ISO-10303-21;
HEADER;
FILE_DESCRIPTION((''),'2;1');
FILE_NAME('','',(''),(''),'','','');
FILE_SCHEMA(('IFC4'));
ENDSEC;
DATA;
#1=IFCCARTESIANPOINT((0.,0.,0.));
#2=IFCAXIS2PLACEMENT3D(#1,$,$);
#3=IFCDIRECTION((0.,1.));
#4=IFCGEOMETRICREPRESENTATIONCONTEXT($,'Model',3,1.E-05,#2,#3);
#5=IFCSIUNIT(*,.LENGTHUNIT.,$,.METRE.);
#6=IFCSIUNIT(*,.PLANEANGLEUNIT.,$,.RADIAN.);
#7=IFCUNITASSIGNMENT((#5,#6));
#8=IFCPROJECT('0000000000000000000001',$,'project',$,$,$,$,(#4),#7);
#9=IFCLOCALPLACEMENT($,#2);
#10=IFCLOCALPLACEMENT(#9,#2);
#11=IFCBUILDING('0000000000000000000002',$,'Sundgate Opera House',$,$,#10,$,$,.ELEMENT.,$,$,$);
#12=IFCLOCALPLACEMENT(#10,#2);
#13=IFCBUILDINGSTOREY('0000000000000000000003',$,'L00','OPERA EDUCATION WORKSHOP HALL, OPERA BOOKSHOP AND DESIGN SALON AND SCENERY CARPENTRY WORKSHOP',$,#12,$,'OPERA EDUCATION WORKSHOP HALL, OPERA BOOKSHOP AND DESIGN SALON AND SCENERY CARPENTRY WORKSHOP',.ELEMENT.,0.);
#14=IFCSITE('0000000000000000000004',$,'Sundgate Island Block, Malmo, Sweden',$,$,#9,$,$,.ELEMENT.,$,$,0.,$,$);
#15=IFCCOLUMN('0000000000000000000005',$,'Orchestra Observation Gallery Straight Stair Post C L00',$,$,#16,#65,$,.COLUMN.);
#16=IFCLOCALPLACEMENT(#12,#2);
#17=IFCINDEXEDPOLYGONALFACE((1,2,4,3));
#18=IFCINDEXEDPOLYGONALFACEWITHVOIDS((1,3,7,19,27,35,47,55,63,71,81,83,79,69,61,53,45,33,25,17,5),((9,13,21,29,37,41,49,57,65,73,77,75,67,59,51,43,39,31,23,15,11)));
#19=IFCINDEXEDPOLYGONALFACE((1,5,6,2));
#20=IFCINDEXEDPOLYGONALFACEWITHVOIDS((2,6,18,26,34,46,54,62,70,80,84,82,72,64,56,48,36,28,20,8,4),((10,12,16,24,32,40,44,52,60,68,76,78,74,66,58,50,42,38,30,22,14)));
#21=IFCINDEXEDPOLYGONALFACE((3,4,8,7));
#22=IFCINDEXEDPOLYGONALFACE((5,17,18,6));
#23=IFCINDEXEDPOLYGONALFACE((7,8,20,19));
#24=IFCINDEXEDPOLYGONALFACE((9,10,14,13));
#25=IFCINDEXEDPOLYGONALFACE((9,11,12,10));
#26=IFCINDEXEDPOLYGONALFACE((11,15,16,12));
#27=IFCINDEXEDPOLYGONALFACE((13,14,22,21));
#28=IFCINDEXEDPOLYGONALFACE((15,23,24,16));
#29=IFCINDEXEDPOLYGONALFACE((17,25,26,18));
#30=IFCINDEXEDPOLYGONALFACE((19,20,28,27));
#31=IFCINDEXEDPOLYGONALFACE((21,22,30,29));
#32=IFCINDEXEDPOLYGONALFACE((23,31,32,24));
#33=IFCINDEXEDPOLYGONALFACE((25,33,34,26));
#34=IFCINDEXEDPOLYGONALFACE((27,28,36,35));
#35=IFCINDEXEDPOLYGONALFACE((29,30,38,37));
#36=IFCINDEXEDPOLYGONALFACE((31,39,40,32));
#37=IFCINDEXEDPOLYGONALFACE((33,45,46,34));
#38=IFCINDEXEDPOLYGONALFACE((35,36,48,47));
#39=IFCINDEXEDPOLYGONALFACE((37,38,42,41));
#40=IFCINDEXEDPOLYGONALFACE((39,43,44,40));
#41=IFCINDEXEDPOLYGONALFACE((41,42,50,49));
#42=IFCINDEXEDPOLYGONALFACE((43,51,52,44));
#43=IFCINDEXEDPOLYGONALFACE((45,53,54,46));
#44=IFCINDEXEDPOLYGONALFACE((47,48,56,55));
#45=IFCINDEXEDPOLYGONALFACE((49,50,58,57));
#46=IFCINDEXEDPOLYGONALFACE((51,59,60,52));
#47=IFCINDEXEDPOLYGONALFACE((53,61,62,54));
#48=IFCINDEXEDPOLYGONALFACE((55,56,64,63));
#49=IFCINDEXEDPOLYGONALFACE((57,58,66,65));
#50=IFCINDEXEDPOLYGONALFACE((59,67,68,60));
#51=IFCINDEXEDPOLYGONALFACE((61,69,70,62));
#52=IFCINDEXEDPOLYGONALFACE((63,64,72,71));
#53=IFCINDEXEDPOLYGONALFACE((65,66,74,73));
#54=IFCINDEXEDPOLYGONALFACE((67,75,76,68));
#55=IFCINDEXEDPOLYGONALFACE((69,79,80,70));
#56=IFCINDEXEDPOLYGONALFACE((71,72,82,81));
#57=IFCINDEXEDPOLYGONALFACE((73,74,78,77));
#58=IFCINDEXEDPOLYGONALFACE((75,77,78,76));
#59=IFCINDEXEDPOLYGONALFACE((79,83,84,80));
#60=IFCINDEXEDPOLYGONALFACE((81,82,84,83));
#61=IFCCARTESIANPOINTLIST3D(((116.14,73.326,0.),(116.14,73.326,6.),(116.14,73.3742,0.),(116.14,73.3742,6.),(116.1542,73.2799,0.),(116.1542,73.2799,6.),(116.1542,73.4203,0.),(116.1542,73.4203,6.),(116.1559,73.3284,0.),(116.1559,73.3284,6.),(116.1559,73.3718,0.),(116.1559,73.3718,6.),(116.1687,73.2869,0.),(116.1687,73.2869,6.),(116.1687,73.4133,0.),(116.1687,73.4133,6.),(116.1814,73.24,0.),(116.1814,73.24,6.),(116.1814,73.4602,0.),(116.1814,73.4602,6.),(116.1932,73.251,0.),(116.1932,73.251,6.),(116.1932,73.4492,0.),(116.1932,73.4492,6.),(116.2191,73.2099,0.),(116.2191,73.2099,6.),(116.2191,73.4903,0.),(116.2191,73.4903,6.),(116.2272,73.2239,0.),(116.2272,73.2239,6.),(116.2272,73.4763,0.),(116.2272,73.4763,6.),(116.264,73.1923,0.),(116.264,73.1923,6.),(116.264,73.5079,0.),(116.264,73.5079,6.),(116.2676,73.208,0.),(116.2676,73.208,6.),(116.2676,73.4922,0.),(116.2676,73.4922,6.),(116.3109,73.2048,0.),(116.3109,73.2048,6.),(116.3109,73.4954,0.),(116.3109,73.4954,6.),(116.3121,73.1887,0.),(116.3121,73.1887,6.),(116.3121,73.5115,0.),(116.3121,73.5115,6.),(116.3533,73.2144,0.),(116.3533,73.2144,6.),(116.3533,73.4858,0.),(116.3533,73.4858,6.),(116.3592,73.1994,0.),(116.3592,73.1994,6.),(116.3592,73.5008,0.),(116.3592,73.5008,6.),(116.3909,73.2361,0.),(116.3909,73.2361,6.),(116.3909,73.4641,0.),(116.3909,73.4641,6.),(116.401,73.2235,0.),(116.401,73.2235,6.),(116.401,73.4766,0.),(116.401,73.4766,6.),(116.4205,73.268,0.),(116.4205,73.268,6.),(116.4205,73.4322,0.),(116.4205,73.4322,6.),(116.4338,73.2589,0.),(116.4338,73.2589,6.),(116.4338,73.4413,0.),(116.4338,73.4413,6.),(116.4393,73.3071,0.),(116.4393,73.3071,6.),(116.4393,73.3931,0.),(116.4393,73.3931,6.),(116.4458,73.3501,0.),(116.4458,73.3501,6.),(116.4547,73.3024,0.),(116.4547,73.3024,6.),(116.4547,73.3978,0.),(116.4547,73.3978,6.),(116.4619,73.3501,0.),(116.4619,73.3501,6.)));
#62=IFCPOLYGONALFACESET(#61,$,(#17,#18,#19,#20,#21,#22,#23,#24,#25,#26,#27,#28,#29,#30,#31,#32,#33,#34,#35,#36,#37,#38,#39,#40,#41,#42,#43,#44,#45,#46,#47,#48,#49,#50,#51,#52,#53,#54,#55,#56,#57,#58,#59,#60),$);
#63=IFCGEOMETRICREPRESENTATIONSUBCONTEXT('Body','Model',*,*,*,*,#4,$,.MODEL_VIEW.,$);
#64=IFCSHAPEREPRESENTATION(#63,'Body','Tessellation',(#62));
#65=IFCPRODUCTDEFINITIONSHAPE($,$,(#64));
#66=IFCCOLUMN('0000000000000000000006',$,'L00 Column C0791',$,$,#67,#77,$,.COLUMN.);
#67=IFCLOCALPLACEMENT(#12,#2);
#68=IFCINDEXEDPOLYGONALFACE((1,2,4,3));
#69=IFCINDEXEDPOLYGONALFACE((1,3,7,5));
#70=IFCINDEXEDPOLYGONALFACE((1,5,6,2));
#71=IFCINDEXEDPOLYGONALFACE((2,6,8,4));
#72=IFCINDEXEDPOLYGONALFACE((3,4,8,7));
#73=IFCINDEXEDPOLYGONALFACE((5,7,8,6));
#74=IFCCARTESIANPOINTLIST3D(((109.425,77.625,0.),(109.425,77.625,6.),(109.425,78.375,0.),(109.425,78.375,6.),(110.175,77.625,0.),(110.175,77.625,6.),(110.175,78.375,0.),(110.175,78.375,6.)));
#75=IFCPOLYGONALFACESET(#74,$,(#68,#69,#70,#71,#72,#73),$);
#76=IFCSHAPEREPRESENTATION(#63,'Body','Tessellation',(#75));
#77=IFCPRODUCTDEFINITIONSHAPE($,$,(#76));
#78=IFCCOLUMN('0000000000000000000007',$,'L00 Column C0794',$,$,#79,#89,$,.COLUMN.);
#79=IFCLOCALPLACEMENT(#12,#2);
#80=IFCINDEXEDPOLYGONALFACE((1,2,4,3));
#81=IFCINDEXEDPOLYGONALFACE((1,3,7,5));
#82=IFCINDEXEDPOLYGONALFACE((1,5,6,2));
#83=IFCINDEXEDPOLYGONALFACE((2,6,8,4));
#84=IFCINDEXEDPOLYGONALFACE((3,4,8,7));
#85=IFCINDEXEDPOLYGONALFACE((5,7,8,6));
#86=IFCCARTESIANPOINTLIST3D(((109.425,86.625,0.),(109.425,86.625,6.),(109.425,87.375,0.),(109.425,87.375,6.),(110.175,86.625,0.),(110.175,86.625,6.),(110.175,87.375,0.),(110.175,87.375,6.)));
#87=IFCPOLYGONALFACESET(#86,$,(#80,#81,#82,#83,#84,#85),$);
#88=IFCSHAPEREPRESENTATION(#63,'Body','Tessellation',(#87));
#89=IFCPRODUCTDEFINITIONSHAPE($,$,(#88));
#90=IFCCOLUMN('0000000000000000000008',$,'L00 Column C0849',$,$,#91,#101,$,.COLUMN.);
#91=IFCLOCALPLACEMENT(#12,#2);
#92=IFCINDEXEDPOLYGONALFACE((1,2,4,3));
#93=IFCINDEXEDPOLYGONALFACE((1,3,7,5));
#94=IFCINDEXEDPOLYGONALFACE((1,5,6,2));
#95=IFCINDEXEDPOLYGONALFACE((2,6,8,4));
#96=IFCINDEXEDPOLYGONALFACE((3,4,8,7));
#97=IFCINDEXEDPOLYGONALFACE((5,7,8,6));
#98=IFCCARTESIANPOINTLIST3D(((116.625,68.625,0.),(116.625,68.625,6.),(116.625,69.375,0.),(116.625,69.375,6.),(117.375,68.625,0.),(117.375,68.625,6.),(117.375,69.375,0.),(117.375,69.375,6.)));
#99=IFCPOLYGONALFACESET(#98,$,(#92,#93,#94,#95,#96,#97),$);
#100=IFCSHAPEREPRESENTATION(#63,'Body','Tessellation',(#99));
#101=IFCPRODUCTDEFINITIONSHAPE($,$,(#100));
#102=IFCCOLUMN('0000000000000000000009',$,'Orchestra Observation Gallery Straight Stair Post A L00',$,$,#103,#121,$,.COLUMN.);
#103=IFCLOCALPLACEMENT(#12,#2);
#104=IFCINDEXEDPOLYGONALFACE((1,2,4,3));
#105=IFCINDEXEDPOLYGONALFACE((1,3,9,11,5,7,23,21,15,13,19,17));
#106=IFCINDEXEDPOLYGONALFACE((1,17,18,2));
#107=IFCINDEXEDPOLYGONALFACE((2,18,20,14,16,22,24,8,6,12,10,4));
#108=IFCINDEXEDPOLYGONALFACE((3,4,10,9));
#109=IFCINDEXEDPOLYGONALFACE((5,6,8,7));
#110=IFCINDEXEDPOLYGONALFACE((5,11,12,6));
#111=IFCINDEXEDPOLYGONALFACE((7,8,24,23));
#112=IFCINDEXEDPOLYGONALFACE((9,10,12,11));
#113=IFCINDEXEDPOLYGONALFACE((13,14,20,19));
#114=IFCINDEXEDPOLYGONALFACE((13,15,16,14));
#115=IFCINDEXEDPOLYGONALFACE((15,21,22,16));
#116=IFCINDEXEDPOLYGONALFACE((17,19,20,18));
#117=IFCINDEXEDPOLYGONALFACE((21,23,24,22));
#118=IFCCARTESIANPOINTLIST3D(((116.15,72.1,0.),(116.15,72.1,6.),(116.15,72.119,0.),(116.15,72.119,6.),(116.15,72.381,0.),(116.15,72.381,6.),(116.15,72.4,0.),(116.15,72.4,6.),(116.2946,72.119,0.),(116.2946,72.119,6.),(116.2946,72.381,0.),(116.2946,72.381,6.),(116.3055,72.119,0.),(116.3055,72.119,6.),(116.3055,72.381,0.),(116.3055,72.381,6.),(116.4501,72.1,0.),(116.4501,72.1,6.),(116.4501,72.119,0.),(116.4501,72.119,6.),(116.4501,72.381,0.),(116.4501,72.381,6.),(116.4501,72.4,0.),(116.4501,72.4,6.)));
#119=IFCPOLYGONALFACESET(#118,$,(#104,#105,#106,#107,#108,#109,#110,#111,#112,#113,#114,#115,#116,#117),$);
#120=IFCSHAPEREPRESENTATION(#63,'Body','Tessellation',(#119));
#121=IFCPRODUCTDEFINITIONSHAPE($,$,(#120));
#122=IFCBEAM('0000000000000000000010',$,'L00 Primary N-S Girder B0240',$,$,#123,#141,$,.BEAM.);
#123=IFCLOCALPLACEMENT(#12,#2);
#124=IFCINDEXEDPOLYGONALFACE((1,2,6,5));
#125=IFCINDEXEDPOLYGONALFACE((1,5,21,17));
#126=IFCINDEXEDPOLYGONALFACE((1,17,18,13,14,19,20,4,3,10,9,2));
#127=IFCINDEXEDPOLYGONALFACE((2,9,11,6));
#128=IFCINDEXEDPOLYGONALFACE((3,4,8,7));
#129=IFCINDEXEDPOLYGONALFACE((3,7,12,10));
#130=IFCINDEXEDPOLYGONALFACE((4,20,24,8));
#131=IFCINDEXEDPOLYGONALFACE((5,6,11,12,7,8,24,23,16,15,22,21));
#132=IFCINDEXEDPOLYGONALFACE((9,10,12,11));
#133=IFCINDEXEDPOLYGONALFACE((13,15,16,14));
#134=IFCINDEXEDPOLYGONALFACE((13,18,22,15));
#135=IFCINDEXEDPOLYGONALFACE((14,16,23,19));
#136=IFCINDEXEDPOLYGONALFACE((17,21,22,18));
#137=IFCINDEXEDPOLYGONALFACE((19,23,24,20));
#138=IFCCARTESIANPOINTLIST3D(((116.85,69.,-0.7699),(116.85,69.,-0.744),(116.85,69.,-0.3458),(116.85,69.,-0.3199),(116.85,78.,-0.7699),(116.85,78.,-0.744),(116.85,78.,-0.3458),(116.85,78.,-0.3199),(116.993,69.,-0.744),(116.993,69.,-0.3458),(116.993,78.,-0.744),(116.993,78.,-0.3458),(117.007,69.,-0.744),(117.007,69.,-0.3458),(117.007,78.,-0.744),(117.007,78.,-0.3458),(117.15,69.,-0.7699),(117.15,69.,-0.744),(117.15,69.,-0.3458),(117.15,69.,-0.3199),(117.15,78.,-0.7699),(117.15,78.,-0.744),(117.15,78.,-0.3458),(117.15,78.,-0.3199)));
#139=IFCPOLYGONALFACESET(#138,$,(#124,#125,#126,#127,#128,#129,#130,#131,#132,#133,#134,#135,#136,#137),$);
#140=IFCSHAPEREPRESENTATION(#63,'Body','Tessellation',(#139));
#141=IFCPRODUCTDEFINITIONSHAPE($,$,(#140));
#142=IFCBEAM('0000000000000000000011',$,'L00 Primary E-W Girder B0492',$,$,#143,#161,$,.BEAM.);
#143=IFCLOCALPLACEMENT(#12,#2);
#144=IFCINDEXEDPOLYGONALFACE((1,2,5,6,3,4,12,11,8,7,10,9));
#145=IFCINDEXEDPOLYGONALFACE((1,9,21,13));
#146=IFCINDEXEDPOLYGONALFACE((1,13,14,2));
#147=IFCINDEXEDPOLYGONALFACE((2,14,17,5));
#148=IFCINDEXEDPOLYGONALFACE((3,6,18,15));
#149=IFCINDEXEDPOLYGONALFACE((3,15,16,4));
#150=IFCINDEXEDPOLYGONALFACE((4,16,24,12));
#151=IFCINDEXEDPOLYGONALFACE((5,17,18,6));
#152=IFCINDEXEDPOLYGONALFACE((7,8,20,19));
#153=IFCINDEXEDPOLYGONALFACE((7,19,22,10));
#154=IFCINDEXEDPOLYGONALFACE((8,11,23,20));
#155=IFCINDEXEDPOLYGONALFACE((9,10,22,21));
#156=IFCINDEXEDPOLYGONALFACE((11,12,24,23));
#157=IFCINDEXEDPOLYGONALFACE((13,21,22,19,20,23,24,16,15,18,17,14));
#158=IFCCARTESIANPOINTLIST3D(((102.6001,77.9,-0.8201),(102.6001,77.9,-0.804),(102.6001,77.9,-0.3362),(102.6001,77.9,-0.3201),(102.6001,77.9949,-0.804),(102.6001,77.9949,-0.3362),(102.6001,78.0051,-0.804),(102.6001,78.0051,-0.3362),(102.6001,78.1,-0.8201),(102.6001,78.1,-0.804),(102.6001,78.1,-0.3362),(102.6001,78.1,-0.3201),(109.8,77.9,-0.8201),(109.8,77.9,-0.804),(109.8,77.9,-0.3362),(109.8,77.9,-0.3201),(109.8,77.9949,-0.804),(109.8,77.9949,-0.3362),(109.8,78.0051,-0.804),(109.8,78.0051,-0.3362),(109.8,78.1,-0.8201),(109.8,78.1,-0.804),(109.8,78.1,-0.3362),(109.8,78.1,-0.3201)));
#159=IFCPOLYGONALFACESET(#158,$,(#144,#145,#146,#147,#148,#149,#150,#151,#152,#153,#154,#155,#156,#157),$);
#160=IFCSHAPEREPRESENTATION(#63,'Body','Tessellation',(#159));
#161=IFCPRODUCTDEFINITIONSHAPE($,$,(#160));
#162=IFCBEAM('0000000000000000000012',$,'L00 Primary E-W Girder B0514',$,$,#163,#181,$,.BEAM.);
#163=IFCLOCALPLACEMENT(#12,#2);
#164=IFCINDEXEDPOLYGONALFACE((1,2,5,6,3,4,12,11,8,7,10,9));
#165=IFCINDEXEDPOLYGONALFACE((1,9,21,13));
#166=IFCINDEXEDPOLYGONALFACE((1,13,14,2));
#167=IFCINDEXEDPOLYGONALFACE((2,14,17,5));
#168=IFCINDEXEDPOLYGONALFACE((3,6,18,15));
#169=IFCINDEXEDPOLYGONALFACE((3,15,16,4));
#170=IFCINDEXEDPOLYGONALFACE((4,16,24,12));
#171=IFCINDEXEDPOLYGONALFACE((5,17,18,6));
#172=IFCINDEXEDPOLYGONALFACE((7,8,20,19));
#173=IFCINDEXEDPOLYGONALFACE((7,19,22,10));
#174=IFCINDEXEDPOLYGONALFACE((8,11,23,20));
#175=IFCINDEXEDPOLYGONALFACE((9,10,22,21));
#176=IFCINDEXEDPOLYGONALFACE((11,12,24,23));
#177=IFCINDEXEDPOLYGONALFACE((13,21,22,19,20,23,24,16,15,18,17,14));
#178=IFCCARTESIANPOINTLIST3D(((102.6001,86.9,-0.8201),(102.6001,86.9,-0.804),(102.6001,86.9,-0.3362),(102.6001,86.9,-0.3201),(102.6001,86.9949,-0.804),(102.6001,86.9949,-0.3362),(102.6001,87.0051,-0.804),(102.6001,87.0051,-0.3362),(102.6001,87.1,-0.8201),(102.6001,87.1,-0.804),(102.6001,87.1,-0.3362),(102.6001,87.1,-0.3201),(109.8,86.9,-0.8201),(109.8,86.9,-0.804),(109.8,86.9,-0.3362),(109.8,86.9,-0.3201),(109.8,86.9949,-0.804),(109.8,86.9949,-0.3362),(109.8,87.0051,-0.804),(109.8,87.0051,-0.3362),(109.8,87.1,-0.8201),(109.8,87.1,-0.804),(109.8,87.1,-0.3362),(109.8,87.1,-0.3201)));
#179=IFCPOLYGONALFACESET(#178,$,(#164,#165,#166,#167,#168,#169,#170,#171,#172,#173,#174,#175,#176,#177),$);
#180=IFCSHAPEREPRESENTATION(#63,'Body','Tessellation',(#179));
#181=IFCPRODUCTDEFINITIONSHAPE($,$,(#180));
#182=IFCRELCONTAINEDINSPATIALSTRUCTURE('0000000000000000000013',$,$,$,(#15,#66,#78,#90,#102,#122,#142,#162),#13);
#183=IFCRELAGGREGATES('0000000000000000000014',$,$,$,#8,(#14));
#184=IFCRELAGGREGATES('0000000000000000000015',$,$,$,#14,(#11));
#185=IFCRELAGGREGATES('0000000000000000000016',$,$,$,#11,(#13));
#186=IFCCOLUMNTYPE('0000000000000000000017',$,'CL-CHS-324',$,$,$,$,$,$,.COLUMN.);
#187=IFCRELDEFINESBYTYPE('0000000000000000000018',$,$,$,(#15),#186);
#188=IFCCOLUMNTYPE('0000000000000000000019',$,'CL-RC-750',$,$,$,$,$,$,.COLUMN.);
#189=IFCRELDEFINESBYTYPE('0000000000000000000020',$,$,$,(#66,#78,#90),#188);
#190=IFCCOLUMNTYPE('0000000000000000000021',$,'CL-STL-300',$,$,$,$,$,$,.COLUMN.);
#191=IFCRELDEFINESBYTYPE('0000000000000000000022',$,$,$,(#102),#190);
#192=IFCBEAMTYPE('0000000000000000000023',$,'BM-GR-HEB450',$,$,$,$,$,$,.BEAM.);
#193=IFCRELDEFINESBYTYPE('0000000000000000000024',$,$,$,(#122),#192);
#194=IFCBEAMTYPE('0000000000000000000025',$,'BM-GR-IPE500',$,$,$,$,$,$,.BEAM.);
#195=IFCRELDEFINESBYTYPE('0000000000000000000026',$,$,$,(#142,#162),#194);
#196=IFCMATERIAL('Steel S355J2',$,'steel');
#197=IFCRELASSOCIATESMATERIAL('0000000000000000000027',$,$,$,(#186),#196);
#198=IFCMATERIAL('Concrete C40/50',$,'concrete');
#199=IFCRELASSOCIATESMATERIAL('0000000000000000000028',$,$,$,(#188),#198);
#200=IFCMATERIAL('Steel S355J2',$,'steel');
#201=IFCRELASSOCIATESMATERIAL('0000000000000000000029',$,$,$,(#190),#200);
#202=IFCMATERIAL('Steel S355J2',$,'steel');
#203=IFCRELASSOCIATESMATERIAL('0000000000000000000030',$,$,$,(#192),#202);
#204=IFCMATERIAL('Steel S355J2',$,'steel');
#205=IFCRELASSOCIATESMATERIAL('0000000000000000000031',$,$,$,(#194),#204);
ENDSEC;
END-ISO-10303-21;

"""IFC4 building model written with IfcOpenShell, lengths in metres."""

from ifc_helpers import new_model, si_unit, direction, frame, origin, origin_2d, place, context, subcontext, project, spatial, rectangle, hollow_circle, i_section, extrude, material, material_profile, profile_set, type_object, element, save


model = new_model("IFC4")

# Units and contexts
model_context = context("Model", 3, precision=1e-05, world=origin(), true_north=direction((0.0, 1.0)))
body_context = subcontext(model_context, "Body", "Model", "MODEL_VIEW")
ifc_project = project(units=[si_unit("LENGTHUNIT", "METRE"), si_unit("PLANEANGLEUNIT", "RADIAN")], contexts=[model_context])

# Site, building, storey
site_placement = place(None, origin())
site = spatial("IfcSite", under=ifc_project, at=site_placement, Name="Sundgate Island Block, Malmo, Sweden", CompositionType="ELEMENT", RefElevation=0.0)
building_placement = place(site_placement, origin())
building = spatial("IfcBuilding", under=site, at=building_placement, Name="Sundgate Opera House", CompositionType="ELEMENT")
storey_placement = place(building_placement, origin())
storey = spatial("IfcBuildingStorey", under=building, at=storey_placement, Name="L00", Description="OPERA EDUCATION WORKSHOP HALL, OPERA BOOKSHOP AND DESIGN SALON AND SCENERY CARPENTRY WORKSHOP", LongName="OPERA EDUCATION WORKSHOP HALL, OPERA BOOKSHOP AND DESIGN SALON AND SCENERY CARPENTRY WORKSHOP", CompositionType="ELEMENT", Elevation=0.0)

# Columns
ifc_material_1 = material(Name="Steel S355J2", Category="steel")
ifc_material_profile_1 = material_profile(ifc_material_1, hollow_circle(Radius=0.1619, WallThickness=0.0161, at=origin_2d()), Name="CHS 323.9x16.0")
ifc_profile_set_1 = profile_set([ifc_material_profile_1], Name="Steel S355J2")
column_type_1 = type_object("IfcColumnType", Name="CL-CHS-324", PredefinedType="COLUMN", material=ifc_profile_set_1)
column_1_placement = place(storey_placement, frame((116.3, 73.3501, 0.0), z_axis=(0.0, 0.0, 1.0), x_axis=(1.0, 0.0, 0.0)))
element("IfcColumn", 1, at=column_1_placement, inside=storey, type_object=column_type_1, Name="Orchestra Observation Gallery Straight Stair Post C L00", PredefinedType="COLUMN", context=body_context, shape_type="SweptSolid", body=[
    extrude(hollow_circle(Radius=0.1619, WallThickness=0.0161, at=origin_2d()), origin(), (0.0, 0.0, 1.0), 6.0),
])
ifc_material_2 = material(Name="Concrete C40/50", Category="concrete")
ifc_material_profile_2 = material_profile(ifc_material_2, rectangle(XDim=0.75, YDim=0.75, at=origin_2d()), Name="RC 750x750")
ifc_profile_set_2 = profile_set([ifc_material_profile_2], Name="Concrete C40/50")
column_type_2 = type_object("IfcColumnType", Name="CL-RC-750", PredefinedType="COLUMN", material=ifc_profile_set_2)
for number, where, z_axis, x_axis, name in (
    (2, (109.8, 78.0, 0.0), (0.0, 0.0, 1.0), (1.0, 0.0, 0.0), "L00 Column C0791"),
    (3, (109.8, 87.0, 0.0), (0.0, 0.0, 1.0), (1.0, 0.0, 0.0), "L00 Column C0794"),
    (4, (117.0, 69.0, 0.0), (0.0, 0.0, 1.0), (1.0, 0.0, 0.0), "L00 Column C0849"),
):
    element("IfcColumn", number, at=place(storey_placement, frame(where, z_axis=z_axis, x_axis=x_axis)), inside=storey, type_object=column_type_2, Name=name, PredefinedType="COLUMN", context=body_context, shape_type="SweptSolid", body=[
        extrude(rectangle(XDim=0.75, YDim=0.75, at=origin_2d()), origin(), (0.0, 0.0, 1.0), 6.0),
    ])
ifc_material_3 = material(Name="Steel S355J2", Category="steel")
ifc_material_profile_3 = material_profile(ifc_material_3, i_section(OverallWidth=0.3, OverallDepth=0.3, WebThickness=0.011, FlangeThickness=0.019, at=origin_2d()), Name="HEB 300")
ifc_profile_set_3 = profile_set([ifc_material_profile_3], Name="Steel S355J2")
column_type_3 = type_object("IfcColumnType", Name="CL-STL-300", PredefinedType="COLUMN", material=ifc_profile_set_3)
column_2_placement = place(storey_placement, frame((116.3, 72.25, 0.0), z_axis=(0.0, 0.0, 1.0), x_axis=(1.0, 0.0, 0.0)))
element("IfcColumn", 5, at=column_2_placement, inside=storey, type_object=column_type_3, Name="Orchestra Observation Gallery Straight Stair Post A L00", PredefinedType="COLUMN", context=body_context, shape_type="SweptSolid", body=[
    extrude(i_section(OverallWidth=0.3, OverallDepth=0.3, WebThickness=0.011, FlangeThickness=0.019, at=origin_2d()), origin(), (0.0, 0.0, 1.0), 6.0),
])

# Beams
ifc_material_4 = material(Name="Steel S355J2", Category="steel")
ifc_material_profile_4 = material_profile(ifc_material_4, i_section(OverallWidth=0.3, OverallDepth=0.45, WebThickness=0.0139, FlangeThickness=0.0259, at=origin_2d()), Name="HEB 450")
ifc_profile_set_4 = profile_set([ifc_material_profile_4], Name="Steel S355J2")
beam_type_1 = type_object("IfcBeamType", Name="BM-GR-HEB450", PredefinedType="BEAM", material=ifc_profile_set_4)
beam_1_placement = place(storey_placement, frame((117.0, 69.0, -0.5449), z_axis=(0.0, 1.0, 0.0), x_axis=(-1.0, 0.0, 0.0)))
element("IfcBeam", 6, at=beam_1_placement, inside=storey, type_object=beam_type_1, Name="L00 Primary N-S Girder B0240", PredefinedType="BEAM", context=body_context, shape_type="SweptSolid", body=[
    extrude(i_section(OverallWidth=0.3, OverallDepth=0.45, WebThickness=0.0139, FlangeThickness=0.0259, at=origin_2d()), origin(), (0.0, 0.0, 1.0), 9.0),
])
ifc_material_5 = material(Name="Steel S355J2", Category="steel")
ifc_material_profile_5 = material_profile(ifc_material_5, i_section(OverallWidth=0.2, OverallDepth=0.5, WebThickness=0.0103, FlangeThickness=0.0161, at=origin_2d()), Name="IPE 500")
ifc_profile_set_5 = profile_set([ifc_material_profile_5], Name="Steel S355J2")
beam_type_2 = type_object("IfcBeamType", Name="BM-GR-IPE500", PredefinedType="BEAM", material=ifc_profile_set_5)
for number, where, z_axis, x_axis, name in (
    (7, (102.6001, 78.0, -0.5701), (1.0, 0.0, 0.0), (0.0, 1.0, 0.0), "L00 Primary E-W Girder B0492"),
    (8, (102.6001, 87.0, -0.5701), (1.0, 0.0, 0.0), (0.0, 1.0, 0.0), "L00 Primary E-W Girder B0514"),
):
    element("IfcBeam", number, at=place(storey_placement, frame(where, z_axis=z_axis, x_axis=x_axis)), inside=storey, type_object=beam_type_2, Name=name, PredefinedType="BEAM", context=body_context, shape_type="SweptSolid", body=[
        extrude(i_section(OverallWidth=0.2, OverallDepth=0.5, WebThickness=0.0103, FlangeThickness=0.0161, at=origin_2d()), origin(), (0.0, 0.0, 1.0), 7.2),
    ])

save(model, "model.ifc")
